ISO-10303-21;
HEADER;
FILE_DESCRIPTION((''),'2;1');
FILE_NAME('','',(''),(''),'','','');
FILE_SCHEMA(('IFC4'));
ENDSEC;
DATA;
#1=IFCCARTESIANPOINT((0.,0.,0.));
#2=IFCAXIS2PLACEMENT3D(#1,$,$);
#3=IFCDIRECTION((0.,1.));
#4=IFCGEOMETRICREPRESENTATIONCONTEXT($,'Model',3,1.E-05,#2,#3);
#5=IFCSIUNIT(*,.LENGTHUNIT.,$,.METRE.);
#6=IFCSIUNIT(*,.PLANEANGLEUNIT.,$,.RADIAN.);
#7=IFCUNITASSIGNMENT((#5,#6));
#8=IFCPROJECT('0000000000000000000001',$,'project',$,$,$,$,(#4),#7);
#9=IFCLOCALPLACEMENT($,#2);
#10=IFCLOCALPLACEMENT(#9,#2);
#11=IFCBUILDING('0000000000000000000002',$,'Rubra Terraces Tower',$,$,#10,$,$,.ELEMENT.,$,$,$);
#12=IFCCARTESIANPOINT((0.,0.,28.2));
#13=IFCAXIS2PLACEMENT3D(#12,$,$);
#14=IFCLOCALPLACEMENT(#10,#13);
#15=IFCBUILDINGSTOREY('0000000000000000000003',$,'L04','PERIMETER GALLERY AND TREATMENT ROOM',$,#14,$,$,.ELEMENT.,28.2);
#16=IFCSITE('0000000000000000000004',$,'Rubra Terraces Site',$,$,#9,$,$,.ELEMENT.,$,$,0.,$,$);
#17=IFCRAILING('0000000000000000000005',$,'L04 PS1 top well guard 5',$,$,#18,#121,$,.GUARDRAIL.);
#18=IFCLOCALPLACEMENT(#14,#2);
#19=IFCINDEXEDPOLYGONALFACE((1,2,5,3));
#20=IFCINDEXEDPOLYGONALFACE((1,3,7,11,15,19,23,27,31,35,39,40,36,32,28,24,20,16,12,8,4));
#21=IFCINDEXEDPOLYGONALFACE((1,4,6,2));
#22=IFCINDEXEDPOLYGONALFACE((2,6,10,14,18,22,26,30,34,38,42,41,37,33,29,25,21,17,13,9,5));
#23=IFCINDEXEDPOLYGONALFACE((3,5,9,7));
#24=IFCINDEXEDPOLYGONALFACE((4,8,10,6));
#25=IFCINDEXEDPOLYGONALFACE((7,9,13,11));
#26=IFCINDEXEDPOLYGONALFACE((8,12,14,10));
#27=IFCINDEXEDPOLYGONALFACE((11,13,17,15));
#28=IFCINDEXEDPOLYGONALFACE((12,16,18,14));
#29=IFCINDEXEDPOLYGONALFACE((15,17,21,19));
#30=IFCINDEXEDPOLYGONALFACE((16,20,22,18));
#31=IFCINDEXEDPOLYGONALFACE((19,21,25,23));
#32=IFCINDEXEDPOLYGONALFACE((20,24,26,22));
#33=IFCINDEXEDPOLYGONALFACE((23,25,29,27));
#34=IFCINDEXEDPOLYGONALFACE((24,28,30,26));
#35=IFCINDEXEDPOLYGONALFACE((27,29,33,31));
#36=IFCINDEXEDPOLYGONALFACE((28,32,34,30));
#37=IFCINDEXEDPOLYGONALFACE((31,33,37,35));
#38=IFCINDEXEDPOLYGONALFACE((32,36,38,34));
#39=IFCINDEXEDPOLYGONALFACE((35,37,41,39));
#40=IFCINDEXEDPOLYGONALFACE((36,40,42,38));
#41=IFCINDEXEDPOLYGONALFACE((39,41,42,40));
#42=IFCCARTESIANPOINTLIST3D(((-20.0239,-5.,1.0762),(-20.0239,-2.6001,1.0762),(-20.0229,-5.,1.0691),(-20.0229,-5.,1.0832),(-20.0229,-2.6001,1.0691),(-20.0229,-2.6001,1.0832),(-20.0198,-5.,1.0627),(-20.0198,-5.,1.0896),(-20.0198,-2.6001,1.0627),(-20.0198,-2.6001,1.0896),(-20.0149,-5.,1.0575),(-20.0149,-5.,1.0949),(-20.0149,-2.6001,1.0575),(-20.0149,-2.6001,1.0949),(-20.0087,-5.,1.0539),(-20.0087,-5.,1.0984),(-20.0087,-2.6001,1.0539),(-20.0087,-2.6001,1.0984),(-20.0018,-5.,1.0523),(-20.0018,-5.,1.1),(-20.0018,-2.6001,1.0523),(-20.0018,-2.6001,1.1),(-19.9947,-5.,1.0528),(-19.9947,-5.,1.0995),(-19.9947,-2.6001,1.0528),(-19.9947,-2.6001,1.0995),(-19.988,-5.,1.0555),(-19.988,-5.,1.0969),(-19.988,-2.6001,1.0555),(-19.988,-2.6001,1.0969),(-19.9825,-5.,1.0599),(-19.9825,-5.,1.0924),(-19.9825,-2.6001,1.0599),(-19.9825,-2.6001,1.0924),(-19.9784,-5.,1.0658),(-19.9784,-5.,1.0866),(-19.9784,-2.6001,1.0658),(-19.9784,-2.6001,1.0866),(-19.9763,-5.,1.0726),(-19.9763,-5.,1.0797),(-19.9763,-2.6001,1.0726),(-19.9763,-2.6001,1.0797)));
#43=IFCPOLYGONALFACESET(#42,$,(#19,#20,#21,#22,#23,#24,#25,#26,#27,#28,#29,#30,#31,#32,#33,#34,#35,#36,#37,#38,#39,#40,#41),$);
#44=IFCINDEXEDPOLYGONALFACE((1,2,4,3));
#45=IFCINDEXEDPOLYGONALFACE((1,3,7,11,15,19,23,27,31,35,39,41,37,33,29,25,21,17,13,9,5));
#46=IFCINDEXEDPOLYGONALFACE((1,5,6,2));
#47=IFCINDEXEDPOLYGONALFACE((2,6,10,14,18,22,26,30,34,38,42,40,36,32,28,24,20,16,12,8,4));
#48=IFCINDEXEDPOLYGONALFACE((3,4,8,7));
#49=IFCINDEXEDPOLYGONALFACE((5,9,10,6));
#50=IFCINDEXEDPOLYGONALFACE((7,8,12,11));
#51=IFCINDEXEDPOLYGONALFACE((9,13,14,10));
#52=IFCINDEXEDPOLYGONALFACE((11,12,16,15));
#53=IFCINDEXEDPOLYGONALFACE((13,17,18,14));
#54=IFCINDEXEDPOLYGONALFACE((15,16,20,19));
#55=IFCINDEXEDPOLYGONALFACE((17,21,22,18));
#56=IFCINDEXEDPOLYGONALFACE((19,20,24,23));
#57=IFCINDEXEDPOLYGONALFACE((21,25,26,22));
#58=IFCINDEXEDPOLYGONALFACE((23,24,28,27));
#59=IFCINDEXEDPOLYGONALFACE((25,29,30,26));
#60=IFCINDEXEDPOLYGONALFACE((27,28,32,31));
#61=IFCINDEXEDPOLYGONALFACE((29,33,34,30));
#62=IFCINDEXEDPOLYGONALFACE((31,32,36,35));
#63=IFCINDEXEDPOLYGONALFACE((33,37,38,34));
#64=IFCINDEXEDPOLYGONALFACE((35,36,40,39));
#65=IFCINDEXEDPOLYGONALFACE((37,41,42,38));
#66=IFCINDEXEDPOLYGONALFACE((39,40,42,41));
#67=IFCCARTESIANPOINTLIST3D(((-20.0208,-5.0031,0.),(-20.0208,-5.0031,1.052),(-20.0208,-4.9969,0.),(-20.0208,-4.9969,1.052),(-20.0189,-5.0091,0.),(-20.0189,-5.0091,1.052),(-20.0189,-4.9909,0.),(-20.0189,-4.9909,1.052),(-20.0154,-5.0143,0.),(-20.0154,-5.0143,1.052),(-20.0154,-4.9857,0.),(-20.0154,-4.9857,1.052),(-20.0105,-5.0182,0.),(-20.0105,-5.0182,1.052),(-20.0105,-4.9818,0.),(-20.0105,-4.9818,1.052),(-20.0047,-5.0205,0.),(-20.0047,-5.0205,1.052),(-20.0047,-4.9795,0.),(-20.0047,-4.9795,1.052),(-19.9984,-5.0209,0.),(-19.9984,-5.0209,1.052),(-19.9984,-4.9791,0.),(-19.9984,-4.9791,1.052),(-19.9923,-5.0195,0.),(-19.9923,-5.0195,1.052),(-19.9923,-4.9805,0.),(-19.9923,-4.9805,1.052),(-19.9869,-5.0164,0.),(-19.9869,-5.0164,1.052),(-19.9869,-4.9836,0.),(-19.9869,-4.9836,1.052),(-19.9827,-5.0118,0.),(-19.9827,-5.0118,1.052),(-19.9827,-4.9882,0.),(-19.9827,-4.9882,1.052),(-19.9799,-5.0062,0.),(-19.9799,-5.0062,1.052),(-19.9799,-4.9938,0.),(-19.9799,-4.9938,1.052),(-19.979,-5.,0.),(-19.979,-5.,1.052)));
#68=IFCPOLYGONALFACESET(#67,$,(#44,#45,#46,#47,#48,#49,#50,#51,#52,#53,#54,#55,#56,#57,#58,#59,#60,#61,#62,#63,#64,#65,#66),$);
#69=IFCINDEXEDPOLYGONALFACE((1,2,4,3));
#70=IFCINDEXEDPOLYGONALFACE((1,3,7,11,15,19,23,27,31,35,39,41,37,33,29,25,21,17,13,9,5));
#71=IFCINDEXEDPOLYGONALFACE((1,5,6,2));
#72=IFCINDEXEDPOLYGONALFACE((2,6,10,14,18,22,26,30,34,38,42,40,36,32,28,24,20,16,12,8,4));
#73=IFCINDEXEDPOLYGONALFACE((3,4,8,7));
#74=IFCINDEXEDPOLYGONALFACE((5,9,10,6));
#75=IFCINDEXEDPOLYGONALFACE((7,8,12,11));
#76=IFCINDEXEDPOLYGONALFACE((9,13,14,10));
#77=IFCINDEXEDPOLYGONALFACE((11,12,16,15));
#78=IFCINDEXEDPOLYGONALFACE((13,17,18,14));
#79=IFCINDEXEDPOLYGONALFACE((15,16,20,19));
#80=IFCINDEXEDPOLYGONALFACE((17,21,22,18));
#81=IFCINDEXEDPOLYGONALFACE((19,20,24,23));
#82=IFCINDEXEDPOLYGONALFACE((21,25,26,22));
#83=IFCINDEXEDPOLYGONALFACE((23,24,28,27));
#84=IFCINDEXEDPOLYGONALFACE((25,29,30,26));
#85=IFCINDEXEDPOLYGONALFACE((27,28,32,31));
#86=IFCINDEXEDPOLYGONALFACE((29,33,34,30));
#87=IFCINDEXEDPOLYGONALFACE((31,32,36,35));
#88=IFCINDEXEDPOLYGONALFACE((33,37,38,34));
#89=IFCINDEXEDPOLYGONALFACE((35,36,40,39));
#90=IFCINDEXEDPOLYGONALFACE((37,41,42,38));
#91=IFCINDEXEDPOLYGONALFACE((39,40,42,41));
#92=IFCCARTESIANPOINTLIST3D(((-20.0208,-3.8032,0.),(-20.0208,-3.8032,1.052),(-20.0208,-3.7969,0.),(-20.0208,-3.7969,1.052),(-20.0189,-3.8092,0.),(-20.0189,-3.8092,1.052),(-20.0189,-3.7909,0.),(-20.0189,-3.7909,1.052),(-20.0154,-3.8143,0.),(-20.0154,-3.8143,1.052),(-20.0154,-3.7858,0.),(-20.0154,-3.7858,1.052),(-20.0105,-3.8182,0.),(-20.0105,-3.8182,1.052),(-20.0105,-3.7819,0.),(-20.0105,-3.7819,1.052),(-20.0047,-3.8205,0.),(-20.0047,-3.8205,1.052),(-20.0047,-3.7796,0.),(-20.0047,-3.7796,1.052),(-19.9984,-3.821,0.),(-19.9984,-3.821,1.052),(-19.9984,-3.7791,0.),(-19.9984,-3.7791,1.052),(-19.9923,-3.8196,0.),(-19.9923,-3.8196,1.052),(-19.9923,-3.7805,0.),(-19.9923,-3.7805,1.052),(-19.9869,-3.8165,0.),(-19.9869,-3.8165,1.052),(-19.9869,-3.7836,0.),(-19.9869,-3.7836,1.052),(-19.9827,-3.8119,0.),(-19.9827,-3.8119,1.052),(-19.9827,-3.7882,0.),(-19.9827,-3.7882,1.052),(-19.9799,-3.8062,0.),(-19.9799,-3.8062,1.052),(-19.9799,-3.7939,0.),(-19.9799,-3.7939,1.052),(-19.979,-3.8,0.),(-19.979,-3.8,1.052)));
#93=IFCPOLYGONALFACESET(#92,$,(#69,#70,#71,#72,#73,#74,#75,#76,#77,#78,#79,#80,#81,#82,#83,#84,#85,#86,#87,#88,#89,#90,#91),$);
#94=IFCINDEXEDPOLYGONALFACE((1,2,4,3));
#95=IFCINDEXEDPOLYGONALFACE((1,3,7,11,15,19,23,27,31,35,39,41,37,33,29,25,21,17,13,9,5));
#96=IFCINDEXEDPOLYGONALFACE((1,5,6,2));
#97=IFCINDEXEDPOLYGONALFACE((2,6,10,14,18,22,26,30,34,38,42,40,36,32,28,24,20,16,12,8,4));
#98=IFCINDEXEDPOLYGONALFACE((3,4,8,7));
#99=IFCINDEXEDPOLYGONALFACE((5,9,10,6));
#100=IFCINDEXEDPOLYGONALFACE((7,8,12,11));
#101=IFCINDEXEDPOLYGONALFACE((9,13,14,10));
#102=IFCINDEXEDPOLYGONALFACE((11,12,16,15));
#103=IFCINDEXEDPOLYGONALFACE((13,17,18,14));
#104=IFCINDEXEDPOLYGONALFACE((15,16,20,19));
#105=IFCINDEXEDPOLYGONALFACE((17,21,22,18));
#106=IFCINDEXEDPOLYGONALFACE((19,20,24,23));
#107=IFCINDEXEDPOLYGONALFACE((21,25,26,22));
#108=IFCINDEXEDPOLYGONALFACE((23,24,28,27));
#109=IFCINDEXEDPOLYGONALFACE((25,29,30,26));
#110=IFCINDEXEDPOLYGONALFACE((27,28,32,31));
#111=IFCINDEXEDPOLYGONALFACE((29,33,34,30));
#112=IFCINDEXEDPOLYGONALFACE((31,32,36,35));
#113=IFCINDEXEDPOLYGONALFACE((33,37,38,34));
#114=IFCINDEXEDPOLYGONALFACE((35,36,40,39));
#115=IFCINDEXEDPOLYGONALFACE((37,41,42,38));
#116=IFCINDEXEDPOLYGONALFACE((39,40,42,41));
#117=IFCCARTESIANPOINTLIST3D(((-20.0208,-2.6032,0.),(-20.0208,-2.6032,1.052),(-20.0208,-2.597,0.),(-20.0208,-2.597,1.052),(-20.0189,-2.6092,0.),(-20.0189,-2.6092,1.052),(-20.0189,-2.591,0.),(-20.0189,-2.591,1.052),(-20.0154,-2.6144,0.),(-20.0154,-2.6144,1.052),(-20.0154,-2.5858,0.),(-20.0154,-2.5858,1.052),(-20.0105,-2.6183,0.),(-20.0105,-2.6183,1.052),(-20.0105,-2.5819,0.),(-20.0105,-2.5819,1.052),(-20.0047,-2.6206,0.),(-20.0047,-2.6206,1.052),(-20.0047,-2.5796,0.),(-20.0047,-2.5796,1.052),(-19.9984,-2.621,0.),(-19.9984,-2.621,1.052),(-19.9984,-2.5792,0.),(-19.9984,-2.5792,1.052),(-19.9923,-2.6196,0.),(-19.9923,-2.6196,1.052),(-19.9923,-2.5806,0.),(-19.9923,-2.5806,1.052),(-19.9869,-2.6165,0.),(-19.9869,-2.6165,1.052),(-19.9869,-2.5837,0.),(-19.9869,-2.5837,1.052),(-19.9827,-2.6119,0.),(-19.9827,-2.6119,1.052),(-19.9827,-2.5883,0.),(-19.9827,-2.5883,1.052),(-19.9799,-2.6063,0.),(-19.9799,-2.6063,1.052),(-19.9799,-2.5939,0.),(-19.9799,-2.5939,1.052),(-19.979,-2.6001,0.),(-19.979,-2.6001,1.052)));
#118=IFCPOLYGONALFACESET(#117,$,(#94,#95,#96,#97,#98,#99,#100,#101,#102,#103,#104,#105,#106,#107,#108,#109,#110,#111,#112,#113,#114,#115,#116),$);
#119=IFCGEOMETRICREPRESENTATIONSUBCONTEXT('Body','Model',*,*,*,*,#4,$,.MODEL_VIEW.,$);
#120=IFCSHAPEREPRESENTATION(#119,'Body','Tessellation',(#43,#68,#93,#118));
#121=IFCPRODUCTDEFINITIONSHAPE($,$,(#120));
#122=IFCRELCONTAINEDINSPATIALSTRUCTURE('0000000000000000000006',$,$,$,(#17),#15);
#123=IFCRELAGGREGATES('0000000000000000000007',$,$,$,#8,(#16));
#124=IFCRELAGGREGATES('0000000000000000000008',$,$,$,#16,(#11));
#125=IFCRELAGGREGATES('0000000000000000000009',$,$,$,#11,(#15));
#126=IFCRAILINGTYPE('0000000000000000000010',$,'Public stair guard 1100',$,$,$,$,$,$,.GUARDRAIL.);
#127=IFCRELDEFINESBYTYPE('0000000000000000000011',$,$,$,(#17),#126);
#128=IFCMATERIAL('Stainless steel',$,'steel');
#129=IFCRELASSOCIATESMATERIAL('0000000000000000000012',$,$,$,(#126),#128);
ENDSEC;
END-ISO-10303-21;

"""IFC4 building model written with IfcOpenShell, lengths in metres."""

from ifc_helpers import new_model, si_unit, direction, frame, origin, origin_2d, place, context, subcontext, project, spatial, circle, extrude, material, type_object, element, save


model = new_model("IFC4")

# Units and contexts
model_context = context("Model", 3, precision=1e-05, world=origin(), true_north=direction((0.0, 1.0)))
body_context = subcontext(model_context, "Body", "Model", "MODEL_VIEW")
ifc_project = project(units=[si_unit("LENGTHUNIT", "METRE"), si_unit("PLANEANGLEUNIT", "RADIAN")], contexts=[model_context])

# Site, building, storey
site_placement = place(None, origin())
site = spatial("IfcSite", under=ifc_project, at=site_placement, Name="Rubra Terraces Site", CompositionType="ELEMENT", RefElevation=0.0)
building_placement = place(site_placement, origin())
building = spatial("IfcBuilding", under=site, at=building_placement, Name="Rubra Terraces Tower", CompositionType="ELEMENT")
storey_placement = place(building_placement, frame((0.0, 0.0, 28.2)))
storey = spatial("IfcBuildingStorey", under=building, at=storey_placement, Name="L04", Description="PERIMETER GALLERY AND TREATMENT ROOM", CompositionType="ELEMENT", Elevation=28.2)

# Railing
ifc_material_1 = material(Name="Stainless steel", Category="steel")
railing_type = type_object("IfcRailingType", Name="Public stair guard 1100", PredefinedType="GUARDRAIL", material=ifc_material_1)
railing_1_placement = place(storey_placement, frame((-20.0, -5.0, 0.0)))
element("IfcRailing", 1, at=railing_1_placement, inside=storey, type_object=railing_type, Name="L04 PS1 top well guard 5", PredefinedType="GUARDRAIL", context=body_context, shape_type="SweptSolid", body=[
    extrude(circle(Radius=0.0239, at=origin_2d()), frame((0.0, 0.0, 1.0762), z_axis=(0.0, 1.0, 0.0), x_axis=(-1.0, 0.0, 0.0)), (0.0, 0.0, 1.0), 2.3999),
    extrude(circle(Radius=0.021, at=origin_2d()), origin(), (0.0, 0.0, 1.0), 1.052),
    extrude(circle(Radius=0.021, at=origin_2d()), frame((0.0, 1.2, 0.0)), (0.0, 0.0, 1.0), 1.052),
    extrude(circle(Radius=0.021, at=origin_2d()), frame((0.0, 2.3999, 0.0)), (0.0, 0.0, 1.0), 1.052),
])

save(model, "model.ifc")
